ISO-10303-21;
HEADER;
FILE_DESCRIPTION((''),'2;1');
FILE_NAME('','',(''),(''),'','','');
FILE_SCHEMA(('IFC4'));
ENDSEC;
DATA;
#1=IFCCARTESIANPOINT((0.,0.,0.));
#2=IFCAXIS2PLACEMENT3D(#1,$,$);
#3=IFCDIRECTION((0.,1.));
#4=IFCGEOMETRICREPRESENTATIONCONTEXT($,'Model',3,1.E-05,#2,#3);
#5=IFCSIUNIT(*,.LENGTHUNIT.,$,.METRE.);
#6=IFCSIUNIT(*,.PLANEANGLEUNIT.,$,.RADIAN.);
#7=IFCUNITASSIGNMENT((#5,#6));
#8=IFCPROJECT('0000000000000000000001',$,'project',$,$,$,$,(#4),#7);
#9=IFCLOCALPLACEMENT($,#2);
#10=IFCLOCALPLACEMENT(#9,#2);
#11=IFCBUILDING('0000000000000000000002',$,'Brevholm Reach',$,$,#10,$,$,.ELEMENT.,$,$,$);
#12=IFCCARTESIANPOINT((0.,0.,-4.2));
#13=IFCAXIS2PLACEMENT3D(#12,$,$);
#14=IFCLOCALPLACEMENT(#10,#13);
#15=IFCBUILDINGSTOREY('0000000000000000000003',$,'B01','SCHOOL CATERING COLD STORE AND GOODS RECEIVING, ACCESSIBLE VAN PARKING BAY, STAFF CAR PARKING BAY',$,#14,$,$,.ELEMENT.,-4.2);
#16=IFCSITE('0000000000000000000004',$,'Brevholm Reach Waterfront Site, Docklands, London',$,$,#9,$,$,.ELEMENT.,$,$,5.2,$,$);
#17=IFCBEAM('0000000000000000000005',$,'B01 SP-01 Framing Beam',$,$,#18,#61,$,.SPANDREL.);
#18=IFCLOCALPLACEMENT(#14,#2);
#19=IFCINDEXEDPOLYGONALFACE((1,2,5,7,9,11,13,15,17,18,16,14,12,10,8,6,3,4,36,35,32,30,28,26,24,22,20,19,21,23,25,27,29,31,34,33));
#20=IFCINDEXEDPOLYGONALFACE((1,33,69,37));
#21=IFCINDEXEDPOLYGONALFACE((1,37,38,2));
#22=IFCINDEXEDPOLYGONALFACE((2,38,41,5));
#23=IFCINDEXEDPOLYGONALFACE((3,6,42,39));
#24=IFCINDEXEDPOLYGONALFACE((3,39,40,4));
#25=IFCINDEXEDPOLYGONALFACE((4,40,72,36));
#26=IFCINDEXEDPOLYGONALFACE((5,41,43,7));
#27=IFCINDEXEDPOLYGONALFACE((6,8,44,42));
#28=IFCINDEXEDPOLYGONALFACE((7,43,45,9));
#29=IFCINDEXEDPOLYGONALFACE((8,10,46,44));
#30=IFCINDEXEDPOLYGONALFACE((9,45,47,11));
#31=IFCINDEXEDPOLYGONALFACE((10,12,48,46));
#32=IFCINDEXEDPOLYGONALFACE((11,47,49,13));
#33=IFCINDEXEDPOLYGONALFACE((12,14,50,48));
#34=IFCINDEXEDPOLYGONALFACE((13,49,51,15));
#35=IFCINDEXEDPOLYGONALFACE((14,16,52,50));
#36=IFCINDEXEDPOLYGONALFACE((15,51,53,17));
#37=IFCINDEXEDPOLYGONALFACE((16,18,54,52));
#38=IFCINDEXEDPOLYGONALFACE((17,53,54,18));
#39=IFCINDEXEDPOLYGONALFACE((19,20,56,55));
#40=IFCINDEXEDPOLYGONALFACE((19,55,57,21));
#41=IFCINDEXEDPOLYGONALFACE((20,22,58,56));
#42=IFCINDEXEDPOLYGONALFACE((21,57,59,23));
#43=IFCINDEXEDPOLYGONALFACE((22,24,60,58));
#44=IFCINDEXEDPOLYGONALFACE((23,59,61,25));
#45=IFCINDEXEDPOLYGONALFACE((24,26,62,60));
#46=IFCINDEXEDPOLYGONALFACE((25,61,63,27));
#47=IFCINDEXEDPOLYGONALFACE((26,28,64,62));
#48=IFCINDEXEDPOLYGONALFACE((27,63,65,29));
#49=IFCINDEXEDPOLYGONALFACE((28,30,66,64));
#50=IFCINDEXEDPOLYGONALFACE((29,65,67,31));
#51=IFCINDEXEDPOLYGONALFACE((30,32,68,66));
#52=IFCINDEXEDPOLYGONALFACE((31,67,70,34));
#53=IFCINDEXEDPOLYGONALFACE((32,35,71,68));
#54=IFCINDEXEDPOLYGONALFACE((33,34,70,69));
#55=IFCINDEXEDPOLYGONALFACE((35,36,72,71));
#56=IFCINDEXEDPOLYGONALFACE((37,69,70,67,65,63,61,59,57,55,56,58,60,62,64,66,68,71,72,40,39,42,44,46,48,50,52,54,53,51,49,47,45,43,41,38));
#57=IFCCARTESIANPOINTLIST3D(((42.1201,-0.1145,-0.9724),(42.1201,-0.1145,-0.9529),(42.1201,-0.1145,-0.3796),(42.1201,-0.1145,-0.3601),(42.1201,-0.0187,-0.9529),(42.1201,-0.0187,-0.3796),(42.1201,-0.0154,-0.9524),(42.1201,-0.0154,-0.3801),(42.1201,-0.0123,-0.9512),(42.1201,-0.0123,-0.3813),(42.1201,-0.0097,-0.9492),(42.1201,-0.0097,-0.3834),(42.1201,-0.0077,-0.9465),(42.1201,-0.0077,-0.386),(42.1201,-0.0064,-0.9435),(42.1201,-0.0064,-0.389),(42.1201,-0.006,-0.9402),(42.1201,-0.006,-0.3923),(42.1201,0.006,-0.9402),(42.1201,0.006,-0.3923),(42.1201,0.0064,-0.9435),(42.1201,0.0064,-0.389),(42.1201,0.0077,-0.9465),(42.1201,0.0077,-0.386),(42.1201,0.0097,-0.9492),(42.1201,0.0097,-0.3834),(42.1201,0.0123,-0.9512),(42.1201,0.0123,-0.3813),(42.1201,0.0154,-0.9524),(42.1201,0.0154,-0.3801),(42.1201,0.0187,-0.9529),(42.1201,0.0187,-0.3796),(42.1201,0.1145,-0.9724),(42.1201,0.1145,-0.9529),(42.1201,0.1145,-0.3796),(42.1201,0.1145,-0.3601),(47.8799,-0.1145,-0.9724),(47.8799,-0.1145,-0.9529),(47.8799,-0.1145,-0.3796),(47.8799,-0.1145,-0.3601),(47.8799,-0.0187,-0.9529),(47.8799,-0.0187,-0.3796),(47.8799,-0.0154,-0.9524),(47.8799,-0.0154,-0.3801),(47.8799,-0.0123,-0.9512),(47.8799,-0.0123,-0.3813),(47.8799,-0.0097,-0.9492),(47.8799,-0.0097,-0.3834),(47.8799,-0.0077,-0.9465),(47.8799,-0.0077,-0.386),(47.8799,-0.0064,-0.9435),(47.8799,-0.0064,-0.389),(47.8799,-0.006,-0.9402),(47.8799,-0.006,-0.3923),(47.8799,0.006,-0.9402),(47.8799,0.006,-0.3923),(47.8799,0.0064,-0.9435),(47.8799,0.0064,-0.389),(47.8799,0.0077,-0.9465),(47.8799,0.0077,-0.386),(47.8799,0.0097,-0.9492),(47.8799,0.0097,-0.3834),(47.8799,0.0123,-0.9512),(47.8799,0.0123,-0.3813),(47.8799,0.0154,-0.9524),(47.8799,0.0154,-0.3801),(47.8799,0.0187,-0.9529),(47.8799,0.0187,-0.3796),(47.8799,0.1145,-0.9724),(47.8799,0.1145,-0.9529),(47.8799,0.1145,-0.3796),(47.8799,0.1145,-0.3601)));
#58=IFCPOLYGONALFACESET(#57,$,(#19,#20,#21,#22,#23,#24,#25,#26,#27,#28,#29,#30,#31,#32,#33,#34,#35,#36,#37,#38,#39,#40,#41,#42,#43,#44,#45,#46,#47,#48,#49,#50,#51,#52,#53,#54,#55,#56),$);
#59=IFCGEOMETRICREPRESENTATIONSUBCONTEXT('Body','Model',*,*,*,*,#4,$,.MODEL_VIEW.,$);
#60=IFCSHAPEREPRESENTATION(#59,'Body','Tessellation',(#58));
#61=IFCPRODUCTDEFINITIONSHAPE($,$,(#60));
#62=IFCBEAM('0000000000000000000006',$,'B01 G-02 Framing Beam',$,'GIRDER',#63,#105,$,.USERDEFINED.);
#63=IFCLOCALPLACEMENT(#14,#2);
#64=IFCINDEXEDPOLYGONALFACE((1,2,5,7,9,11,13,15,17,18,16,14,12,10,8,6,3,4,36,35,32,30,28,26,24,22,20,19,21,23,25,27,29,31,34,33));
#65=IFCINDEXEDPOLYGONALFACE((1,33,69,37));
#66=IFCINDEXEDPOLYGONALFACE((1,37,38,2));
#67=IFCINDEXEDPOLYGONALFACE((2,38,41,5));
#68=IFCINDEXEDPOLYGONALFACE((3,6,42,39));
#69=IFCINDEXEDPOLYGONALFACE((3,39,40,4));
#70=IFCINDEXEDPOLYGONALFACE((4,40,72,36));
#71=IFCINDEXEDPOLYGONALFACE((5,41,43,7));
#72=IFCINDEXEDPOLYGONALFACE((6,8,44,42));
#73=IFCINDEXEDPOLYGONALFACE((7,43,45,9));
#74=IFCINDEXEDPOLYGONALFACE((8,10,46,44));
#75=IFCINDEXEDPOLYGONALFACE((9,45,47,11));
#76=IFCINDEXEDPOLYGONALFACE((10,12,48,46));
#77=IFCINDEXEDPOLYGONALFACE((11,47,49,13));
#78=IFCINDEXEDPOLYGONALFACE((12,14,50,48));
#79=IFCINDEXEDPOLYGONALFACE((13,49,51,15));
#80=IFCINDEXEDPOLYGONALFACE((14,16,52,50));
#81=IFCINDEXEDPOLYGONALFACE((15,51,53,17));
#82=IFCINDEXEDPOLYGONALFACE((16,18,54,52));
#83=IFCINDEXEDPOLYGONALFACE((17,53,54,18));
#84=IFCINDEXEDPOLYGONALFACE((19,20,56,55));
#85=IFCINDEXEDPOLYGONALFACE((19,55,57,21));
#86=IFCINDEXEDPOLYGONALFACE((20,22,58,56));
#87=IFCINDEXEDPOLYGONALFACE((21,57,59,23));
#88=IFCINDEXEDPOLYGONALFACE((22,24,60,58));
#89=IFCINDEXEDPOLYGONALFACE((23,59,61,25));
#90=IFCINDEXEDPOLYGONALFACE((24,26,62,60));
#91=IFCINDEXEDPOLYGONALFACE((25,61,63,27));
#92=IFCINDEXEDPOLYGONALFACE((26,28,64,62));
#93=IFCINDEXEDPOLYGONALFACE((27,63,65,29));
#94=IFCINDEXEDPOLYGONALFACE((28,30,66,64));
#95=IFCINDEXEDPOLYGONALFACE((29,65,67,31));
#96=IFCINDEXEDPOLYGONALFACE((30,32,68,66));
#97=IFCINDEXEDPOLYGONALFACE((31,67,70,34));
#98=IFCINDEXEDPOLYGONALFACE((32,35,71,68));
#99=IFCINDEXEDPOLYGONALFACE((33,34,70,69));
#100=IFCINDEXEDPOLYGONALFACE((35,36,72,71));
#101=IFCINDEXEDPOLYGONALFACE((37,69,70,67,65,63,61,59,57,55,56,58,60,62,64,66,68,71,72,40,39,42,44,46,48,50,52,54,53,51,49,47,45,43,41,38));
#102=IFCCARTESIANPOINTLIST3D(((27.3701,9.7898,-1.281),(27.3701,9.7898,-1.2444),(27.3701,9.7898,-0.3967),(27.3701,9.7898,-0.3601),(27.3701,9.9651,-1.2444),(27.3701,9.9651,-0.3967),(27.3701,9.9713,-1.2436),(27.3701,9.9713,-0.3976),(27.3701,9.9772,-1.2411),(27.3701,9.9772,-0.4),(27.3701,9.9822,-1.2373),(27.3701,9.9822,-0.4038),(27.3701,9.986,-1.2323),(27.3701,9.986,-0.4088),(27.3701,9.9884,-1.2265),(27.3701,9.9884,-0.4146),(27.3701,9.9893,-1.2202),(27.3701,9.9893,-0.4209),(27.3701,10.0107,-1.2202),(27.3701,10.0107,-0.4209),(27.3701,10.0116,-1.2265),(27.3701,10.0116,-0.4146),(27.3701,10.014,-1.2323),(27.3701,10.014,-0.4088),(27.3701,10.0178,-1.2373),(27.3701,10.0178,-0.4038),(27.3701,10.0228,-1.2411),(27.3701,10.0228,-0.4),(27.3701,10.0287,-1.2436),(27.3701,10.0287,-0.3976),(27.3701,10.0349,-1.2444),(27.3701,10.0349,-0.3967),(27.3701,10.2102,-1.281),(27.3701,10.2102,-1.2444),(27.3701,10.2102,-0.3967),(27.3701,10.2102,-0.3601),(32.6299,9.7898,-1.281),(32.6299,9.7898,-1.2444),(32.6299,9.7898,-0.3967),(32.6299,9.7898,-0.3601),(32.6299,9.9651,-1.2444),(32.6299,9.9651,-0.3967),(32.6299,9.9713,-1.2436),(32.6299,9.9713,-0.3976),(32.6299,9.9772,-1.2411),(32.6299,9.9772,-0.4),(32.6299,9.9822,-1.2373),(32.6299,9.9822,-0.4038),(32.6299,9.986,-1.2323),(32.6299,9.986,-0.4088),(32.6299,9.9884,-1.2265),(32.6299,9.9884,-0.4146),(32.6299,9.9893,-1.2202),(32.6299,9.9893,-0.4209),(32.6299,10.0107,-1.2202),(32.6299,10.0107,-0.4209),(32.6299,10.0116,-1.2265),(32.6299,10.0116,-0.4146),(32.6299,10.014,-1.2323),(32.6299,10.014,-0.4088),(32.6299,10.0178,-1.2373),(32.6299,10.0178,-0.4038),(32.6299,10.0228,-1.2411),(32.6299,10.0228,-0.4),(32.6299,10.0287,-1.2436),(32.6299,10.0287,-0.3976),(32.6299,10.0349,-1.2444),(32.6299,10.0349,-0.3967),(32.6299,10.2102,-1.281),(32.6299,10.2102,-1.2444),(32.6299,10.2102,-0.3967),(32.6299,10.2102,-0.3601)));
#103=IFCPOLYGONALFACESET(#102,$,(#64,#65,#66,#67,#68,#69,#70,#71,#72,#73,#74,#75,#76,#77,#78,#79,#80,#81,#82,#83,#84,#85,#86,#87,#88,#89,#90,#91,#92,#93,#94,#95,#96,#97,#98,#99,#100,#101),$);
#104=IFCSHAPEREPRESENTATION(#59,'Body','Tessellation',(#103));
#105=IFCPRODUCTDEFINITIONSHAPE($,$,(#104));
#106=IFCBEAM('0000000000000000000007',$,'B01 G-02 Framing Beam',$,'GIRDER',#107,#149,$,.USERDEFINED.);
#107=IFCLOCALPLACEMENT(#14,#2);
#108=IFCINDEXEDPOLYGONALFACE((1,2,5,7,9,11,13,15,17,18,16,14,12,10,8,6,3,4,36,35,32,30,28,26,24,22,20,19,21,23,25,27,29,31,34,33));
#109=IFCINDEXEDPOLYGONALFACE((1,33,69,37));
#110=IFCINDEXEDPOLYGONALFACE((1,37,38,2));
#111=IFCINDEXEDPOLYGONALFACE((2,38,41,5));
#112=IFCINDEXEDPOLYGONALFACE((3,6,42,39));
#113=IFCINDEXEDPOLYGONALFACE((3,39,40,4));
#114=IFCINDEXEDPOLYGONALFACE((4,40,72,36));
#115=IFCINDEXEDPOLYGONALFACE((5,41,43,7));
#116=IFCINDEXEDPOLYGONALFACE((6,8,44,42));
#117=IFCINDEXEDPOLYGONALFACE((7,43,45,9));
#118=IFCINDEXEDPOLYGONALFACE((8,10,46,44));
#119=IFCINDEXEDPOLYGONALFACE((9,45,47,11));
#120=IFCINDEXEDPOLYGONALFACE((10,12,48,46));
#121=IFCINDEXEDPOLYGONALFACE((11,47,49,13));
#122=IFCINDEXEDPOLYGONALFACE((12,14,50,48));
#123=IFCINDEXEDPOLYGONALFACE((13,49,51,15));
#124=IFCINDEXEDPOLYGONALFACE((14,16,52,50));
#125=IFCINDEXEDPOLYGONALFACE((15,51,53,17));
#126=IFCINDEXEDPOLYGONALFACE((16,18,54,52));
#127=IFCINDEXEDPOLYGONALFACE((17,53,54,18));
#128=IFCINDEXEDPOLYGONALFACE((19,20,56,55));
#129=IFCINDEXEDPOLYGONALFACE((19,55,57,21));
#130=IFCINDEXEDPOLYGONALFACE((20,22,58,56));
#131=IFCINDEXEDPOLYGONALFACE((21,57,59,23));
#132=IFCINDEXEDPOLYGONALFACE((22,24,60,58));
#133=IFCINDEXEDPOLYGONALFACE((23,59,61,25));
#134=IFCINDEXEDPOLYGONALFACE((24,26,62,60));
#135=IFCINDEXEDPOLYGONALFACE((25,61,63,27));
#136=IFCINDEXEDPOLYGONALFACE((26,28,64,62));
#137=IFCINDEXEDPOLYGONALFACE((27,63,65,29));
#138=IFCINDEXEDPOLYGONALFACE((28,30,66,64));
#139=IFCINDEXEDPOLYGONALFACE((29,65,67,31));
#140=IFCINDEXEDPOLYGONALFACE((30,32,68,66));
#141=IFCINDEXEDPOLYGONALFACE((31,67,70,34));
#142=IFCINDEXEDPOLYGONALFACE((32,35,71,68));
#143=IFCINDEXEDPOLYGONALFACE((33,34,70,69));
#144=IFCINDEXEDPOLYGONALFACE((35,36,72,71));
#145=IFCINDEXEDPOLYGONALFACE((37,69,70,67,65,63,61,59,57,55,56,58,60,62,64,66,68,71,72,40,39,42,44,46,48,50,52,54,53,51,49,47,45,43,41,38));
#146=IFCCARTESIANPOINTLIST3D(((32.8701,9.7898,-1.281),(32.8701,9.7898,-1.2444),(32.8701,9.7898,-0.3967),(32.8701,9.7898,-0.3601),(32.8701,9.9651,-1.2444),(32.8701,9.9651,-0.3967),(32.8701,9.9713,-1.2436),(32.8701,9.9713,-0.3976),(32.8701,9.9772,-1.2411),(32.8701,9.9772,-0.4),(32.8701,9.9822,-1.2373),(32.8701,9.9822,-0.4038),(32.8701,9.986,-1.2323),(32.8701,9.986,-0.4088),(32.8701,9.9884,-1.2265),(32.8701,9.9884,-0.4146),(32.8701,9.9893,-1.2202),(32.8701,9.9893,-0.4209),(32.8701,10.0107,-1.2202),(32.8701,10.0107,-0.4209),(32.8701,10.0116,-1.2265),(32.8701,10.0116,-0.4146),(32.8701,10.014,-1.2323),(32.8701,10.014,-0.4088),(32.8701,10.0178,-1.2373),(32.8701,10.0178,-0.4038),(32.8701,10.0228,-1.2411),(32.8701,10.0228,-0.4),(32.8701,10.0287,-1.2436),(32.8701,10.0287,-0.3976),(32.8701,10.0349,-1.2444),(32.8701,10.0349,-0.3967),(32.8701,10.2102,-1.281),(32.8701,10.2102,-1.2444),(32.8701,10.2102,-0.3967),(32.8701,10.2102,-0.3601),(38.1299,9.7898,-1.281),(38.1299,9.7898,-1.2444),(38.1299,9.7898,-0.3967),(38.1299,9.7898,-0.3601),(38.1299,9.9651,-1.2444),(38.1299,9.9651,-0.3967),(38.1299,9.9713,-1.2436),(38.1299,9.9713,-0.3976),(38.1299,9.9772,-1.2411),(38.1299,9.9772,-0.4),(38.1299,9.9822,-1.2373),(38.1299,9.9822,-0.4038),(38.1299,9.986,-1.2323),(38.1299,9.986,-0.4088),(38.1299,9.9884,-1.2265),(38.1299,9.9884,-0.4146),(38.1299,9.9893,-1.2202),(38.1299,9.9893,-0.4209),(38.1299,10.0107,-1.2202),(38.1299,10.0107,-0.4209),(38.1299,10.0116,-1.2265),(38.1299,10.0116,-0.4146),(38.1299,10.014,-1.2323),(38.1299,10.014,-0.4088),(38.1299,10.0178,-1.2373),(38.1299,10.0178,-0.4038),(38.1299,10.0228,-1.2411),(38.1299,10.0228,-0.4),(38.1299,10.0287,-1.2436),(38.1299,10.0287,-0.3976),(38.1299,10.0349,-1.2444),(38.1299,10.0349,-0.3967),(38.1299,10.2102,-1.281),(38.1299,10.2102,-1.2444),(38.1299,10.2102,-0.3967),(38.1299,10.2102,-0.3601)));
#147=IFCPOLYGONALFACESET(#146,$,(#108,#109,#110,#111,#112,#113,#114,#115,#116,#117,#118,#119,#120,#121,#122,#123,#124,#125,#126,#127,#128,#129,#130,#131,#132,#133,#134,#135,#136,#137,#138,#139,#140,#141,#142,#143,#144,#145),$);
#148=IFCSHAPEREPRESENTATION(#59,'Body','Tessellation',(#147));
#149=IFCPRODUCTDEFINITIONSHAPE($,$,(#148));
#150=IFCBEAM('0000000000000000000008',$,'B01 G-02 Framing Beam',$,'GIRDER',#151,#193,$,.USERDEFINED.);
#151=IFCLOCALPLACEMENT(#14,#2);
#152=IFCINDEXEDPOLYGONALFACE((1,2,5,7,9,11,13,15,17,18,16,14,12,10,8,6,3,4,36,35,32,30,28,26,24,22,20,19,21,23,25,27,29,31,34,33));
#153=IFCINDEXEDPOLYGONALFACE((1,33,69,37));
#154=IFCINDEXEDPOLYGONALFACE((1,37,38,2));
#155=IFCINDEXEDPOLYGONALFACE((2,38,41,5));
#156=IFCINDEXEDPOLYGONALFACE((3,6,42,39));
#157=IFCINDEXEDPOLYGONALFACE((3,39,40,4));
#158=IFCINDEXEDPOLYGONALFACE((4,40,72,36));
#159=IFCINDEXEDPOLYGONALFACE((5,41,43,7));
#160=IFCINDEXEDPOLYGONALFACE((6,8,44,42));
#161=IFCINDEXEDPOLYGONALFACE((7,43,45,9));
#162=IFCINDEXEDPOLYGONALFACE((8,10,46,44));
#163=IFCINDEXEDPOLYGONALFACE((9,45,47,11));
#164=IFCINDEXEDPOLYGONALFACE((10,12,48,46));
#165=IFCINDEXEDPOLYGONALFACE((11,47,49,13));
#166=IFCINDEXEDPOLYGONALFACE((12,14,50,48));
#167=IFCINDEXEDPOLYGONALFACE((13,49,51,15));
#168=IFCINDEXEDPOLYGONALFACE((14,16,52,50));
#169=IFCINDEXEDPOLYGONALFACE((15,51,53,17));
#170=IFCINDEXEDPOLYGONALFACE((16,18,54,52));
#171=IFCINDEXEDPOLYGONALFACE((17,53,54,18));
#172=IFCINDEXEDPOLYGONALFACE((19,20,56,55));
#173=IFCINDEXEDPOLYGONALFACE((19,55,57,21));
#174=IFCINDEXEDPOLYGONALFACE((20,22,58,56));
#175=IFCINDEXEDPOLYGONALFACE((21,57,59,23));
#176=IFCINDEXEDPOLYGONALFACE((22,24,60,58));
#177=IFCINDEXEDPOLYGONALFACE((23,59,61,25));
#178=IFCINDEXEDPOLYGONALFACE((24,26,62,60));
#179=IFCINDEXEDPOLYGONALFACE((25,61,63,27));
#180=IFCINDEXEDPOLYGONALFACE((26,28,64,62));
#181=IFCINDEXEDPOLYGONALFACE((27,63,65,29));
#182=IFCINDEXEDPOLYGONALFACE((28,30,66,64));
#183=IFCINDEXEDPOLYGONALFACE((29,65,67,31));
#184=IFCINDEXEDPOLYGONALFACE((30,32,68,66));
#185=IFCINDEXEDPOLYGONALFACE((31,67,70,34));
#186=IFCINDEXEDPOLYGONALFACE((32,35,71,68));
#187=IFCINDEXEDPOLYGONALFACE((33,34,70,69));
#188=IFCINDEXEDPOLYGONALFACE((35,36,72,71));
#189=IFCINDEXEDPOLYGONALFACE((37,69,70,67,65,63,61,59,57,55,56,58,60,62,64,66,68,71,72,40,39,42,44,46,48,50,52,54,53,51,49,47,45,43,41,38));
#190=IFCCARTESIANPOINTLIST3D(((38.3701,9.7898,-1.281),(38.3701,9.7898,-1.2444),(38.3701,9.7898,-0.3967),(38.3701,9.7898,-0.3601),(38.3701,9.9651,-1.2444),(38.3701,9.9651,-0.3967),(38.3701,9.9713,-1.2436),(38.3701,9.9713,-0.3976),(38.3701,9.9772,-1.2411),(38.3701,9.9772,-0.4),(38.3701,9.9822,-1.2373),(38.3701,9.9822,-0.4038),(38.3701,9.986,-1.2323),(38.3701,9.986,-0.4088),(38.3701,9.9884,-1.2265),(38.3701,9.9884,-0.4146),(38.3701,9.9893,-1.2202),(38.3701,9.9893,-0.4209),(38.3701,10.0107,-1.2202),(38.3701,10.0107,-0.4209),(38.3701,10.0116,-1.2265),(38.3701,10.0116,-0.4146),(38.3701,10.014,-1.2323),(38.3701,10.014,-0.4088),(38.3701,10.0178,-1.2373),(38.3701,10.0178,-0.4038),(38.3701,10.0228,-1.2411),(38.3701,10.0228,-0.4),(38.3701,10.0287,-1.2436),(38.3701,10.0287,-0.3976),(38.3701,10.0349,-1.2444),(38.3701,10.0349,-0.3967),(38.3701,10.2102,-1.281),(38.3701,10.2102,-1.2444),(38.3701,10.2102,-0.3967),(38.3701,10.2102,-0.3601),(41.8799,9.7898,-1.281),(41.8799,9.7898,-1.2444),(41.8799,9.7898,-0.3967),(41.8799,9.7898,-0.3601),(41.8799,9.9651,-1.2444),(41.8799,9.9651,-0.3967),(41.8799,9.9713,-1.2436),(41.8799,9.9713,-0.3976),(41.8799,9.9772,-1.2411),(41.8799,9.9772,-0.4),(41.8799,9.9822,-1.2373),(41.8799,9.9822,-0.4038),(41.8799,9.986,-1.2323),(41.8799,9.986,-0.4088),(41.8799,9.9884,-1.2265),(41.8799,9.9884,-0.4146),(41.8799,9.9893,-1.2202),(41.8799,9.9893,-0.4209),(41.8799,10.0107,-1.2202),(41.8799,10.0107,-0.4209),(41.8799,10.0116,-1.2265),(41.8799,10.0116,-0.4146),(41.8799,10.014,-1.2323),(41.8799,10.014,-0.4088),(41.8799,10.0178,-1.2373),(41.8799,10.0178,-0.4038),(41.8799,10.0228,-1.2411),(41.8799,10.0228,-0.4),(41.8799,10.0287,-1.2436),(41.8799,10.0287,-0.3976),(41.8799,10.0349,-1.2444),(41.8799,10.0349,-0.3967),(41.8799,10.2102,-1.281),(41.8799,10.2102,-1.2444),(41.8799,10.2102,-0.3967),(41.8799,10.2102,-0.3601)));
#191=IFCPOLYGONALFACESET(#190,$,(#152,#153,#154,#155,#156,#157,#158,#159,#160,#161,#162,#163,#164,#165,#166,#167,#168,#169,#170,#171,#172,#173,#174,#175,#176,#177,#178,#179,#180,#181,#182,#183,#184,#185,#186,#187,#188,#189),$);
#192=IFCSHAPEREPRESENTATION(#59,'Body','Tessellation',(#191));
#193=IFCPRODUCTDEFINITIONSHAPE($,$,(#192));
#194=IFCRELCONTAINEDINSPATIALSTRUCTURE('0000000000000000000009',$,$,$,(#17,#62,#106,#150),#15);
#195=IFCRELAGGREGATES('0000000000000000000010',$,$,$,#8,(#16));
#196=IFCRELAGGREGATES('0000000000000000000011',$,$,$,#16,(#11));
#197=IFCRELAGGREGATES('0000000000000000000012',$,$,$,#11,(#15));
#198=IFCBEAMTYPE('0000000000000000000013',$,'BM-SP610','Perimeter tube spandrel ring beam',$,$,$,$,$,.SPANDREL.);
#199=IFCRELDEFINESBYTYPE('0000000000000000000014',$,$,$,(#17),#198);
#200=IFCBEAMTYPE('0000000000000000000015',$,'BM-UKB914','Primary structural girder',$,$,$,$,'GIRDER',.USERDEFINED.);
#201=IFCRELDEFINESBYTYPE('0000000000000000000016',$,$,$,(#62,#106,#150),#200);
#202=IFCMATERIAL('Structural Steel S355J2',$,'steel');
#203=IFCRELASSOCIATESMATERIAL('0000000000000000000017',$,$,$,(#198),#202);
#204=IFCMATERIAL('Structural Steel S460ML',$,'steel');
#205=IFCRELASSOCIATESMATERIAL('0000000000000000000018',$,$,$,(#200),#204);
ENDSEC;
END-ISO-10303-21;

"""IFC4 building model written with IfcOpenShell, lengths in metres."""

from ifc_helpers import new_model, si_unit, direction, frame, origin, origin_2d, place, context, subcontext, project, spatial, i_section, extrude, material, material_profile, profile_set, type_object, element, save


model = new_model("IFC4")

# Units and contexts
model_context = context("Model", 3, precision=1e-05, world=origin(), true_north=direction((0.0, 1.0)))
body_context = subcontext(model_context, "Body", "Model", "MODEL_VIEW")
ifc_project = project(units=[si_unit("LENGTHUNIT", "METRE"), si_unit("PLANEANGLEUNIT", "RADIAN")], contexts=[model_context])

# Site, building, storey
site_placement = place(None, origin())
site = spatial("IfcSite", under=ifc_project, at=site_placement, Name="Brevholm Reach Waterfront Site, Docklands, London", CompositionType="ELEMENT", RefElevation=5.2)
building_placement = place(site_placement, origin())
building = spatial("IfcBuilding", under=site, at=building_placement, Name="Brevholm Reach", CompositionType="ELEMENT")
storey_placement = place(building_placement, frame((0.0, 0.0, -4.2)))
storey = spatial("IfcBuildingStorey", under=building, at=storey_placement, Name="B01", Description="SCHOOL CATERING COLD STORE AND GOODS RECEIVING, ACCESSIBLE VAN PARKING BAY, STAFF CAR PARKING BAY", CompositionType="ELEMENT", Elevation=-4.2)

# Beams
ifc_material_1 = material(Name="Structural Steel S355J2", Category="steel")
ifc_material_profile_1 = material_profile(ifc_material_1, i_section(OverallWidth=0.229, OverallDepth=0.6123, WebThickness=0.012, FlangeThickness=0.0195, FilletRadius=0.0127, at=origin_2d()), Name="UKB 610x229x125")
ifc_profile_set_1 = profile_set([ifc_material_profile_1], Name="Structural Steel S355J2")
beam_type_1 = type_object("IfcBeamType", Name="BM-SP610", Description="Perimeter tube spandrel ring beam", PredefinedType="SPANDREL", material=ifc_profile_set_1)
beam_1_placement = place(storey_placement, frame((42.1201, 0.0, -0.6663), z_axis=(1.0, 0.0, 0.0), x_axis=(0.0, 1.0, 0.0)))
element("IfcBeam", 1, at=beam_1_placement, inside=storey, type_object=beam_type_1, Name="B01 SP-01 Framing Beam", PredefinedType="SPANDREL", context=body_context, shape_type="SweptSolid", body=[
    extrude(i_section(OverallWidth=0.229, OverallDepth=0.6123, WebThickness=0.012, FlangeThickness=0.0195, FilletRadius=0.0127, at=origin_2d()), origin(), (0.0, 0.0, 1.0), 5.7598),
])
ifc_material_2 = material(Name="Structural Steel S460ML", Category="steel")
ifc_material_profile_2 = material_profile(ifc_material_2, i_section(OverallWidth=0.4204, OverallDepth=0.9209, WebThickness=0.0215, FlangeThickness=0.0366, FilletRadius=0.0242, at=origin_2d()), Name="UKB 914x419x388")
ifc_profile_set_2 = profile_set([ifc_material_profile_2], Name="Structural Steel S460ML")
beam_type_2 = type_object("IfcBeamType", Name="BM-UKB914", Description="Primary structural girder", ElementType="GIRDER", PredefinedType="USERDEFINED", material=ifc_profile_set_2)
for number, where, z_axis, x_axis, name in (
    (2, (27.3701, 10.0, -0.8206), (1.0, 0.0, 0.0), (0.0, 1.0, 0.0), "B01 G-02 Framing Beam"),
    (3, (32.8701, 10.0, -0.8206), (1.0, 0.0, 0.0), (0.0, 1.0, 0.0), "B01 G-02 Framing Beam"),
):
    element("IfcBeam", number, at=place(storey_placement, frame(where, z_axis=z_axis, x_axis=x_axis)), inside=storey, type_object=beam_type_2, Name=name, ObjectType="GIRDER", PredefinedType="USERDEFINED", context=body_context, shape_type="SweptSolid", body=[
        extrude(i_section(OverallWidth=0.4204, OverallDepth=0.9209, WebThickness=0.0215, FlangeThickness=0.0366, FilletRadius=0.0242, at=origin_2d()), origin(), (0.0, 0.0, 1.0), 5.2598),
    ])
beam_2_placement = place(storey_placement, frame((38.3701, 10.0, -0.8206), z_axis=(1.0, 0.0, 0.0), x_axis=(0.0, 1.0, 0.0)))
element("IfcBeam", 4, at=beam_2_placement, inside=storey, type_object=beam_type_2, Name="B01 G-02 Framing Beam", ObjectType="GIRDER", PredefinedType="USERDEFINED", context=body_context, shape_type="SweptSolid", body=[
    extrude(i_section(OverallWidth=0.4204, OverallDepth=0.9209, WebThickness=0.0215, FlangeThickness=0.0366, FilletRadius=0.0242, at=origin_2d()), origin(), (0.0, 0.0, 1.0), 3.5098),
])

save(model, "model.ifc")
